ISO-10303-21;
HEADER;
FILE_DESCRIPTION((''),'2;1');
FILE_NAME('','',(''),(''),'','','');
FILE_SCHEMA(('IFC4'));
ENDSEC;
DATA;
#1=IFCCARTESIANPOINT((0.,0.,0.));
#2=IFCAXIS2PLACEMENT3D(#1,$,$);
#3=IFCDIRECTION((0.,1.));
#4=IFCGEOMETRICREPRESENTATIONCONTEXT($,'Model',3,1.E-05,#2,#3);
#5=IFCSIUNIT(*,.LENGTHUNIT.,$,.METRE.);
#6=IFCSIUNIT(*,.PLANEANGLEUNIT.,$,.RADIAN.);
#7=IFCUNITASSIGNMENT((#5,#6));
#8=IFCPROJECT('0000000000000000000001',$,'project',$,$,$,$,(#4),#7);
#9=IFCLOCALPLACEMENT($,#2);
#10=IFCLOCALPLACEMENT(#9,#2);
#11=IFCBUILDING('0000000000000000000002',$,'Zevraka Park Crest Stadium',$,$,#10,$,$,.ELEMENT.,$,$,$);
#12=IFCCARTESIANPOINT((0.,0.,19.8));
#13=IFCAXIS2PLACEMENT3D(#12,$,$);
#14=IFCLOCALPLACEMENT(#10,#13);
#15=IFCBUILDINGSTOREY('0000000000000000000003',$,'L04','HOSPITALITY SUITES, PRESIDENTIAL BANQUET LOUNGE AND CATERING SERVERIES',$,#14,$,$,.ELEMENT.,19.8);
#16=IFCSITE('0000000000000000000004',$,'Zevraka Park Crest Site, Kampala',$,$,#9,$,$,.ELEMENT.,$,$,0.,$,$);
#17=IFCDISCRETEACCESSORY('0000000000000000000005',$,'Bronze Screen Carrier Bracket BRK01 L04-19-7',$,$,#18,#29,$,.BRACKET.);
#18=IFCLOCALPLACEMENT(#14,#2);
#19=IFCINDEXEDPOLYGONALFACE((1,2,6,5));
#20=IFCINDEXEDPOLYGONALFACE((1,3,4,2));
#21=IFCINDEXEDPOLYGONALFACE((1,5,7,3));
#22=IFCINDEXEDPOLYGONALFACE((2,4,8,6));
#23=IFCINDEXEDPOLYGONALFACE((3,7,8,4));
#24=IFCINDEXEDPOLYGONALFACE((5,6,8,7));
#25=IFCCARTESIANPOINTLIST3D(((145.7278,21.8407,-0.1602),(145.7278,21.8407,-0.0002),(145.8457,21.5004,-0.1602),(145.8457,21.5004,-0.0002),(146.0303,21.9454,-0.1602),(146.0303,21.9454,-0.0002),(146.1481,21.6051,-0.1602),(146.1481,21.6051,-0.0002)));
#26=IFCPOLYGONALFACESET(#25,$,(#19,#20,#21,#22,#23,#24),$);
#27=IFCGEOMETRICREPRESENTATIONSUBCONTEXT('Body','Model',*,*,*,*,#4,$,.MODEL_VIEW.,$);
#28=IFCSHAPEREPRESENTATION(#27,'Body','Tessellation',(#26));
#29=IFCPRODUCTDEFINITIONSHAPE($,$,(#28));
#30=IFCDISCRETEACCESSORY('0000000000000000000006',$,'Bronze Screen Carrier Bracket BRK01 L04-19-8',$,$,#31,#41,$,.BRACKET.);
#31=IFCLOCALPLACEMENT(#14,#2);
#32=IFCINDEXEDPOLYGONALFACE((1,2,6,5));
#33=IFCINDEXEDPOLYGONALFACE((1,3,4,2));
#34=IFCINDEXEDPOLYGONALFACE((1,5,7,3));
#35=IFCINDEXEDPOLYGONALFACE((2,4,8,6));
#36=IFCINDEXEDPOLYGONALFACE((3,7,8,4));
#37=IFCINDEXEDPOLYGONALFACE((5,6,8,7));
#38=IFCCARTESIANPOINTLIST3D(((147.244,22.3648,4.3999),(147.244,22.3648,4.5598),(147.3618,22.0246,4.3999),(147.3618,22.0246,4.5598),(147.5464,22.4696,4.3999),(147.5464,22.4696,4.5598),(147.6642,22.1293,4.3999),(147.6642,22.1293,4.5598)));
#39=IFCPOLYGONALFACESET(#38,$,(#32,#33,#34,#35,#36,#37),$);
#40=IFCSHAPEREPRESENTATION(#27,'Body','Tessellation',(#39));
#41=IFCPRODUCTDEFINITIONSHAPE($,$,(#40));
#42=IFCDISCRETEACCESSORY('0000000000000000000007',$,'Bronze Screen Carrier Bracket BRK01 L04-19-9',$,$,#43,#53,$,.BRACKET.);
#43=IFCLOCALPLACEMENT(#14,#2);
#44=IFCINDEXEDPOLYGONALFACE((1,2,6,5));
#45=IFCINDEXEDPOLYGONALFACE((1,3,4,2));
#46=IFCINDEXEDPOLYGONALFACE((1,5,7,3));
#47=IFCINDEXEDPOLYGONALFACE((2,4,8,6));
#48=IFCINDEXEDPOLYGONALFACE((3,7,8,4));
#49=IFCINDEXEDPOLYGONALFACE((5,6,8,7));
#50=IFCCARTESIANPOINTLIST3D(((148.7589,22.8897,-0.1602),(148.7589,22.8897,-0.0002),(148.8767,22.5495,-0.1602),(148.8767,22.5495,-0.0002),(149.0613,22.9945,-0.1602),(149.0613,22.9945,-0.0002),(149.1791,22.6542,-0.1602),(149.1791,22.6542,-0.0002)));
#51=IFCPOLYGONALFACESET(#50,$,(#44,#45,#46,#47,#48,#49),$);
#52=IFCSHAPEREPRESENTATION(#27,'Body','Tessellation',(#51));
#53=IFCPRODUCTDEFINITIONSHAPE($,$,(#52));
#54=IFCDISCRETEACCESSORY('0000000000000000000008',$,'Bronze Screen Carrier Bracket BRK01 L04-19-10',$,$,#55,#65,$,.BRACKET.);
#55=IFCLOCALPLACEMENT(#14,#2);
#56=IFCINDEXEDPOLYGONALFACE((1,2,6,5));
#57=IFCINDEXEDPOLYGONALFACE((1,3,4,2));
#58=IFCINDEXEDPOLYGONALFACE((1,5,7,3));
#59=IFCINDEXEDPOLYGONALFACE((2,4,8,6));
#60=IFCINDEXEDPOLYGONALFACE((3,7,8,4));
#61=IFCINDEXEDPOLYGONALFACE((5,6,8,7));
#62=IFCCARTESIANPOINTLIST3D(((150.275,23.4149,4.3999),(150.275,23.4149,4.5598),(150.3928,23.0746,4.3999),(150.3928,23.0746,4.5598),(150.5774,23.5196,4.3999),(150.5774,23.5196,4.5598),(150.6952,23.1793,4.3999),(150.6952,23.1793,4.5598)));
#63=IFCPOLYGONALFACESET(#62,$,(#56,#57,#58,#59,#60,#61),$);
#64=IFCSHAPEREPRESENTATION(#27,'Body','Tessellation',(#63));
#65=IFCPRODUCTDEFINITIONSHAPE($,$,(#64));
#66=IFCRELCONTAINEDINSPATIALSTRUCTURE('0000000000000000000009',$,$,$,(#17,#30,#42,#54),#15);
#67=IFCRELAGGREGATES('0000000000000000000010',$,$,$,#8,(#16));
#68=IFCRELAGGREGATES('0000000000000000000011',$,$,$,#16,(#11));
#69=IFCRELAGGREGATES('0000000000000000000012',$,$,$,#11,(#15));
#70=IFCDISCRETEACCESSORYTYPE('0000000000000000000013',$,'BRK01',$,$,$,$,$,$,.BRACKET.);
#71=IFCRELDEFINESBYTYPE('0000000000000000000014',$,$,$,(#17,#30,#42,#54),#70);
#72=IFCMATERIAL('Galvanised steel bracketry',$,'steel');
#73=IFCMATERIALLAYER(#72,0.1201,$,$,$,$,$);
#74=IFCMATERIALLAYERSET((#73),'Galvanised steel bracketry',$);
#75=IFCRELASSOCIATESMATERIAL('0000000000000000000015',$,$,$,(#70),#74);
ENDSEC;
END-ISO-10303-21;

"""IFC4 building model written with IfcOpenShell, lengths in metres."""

from ifc_helpers import new_model, si_unit, direction, frame, origin, origin_2d, place, context, subcontext, project, spatial, rectangle, extrude, material, layer, layer_set, type_object, element, save


model = new_model("IFC4")

# Units and contexts
model_context = context("Model", 3, precision=1e-05, world=origin(), true_north=direction((0.0, 1.0)))
body_context = subcontext(model_context, "Body", "Model", "MODEL_VIEW")
ifc_project = project(units=[si_unit("LENGTHUNIT", "METRE"), si_unit("PLANEANGLEUNIT", "RADIAN")], contexts=[model_context])

# Site, building, storey
site_placement = place(None, origin())
site = spatial("IfcSite", under=ifc_project, at=site_placement, Name="Zevraka Park Crest Site, Kampala", CompositionType="ELEMENT", RefElevation=0.0)
building_placement = place(site_placement, origin())
building = spatial("IfcBuilding", under=site, at=building_placement, Name="Zevraka Park Crest Stadium", CompositionType="ELEMENT")
storey_placement = place(building_placement, frame((0.0, 0.0, 19.8)))
storey = spatial("IfcBuildingStorey", under=building, at=storey_placement, Name="L04", Description="HOSPITALITY SUITES, PRESIDENTIAL BANQUET LOUNGE AND CATERING SERVERIES", CompositionType="ELEMENT", Elevation=19.8)

# Discrete accessories
ifc_material_1 = material(Name="Galvanised steel bracketry", Category="steel")
ifc_layer_1 = layer(ifc_material_1, 0.1201)
ifc_layer_set_1 = layer_set([ifc_layer_1], Name="Galvanised steel bracketry")
discrete_accessory_type = type_object("IfcDiscreteAccessoryType", Name="BRK01", PredefinedType="BRACKET", material=ifc_layer_set_1)
for number, where, z_axis, x_axis, name in (
    (1, (145.938, 21.7229, -0.1602), (0.0, 0.0, 1.0), (0.944949, 0.327218, 0.0), "Bronze Screen Carrier Bracket BRK01 L04-19-7"),
    (2, (147.4541, 22.2471, 4.3999), (0.0, 0.0, 1.0), (0.944949, 0.327218, 0.0), "Bronze Screen Carrier Bracket BRK01 L04-19-8"),
    (3, (148.969, 22.772, -0.1602), (0.0, 0.0, 1.0), (0.944949, 0.327218, 0.0), "Bronze Screen Carrier Bracket BRK01 L04-19-9"),
    (4, (150.4851, 23.2971, 4.3999), (0.0, 0.0, 1.0), (0.944949, 0.327218, 0.0), "Bronze Screen Carrier Bracket BRK01 L04-19-10"),
):
    element("IfcDiscreteAccessory", number, at=place(storey_placement, frame(where, z_axis=z_axis, x_axis=x_axis)), inside=storey, type_object=discrete_accessory_type, Name=name, PredefinedType="BRACKET", context=body_context, shape_type="SweptSolid", body=[
        extrude(rectangle(XDim=0.3201, YDim=0.3601, at=origin_2d()), origin(), (0.0, 0.0, 1.0), 0.1599),
    ])

save(model, "model.ifc")
